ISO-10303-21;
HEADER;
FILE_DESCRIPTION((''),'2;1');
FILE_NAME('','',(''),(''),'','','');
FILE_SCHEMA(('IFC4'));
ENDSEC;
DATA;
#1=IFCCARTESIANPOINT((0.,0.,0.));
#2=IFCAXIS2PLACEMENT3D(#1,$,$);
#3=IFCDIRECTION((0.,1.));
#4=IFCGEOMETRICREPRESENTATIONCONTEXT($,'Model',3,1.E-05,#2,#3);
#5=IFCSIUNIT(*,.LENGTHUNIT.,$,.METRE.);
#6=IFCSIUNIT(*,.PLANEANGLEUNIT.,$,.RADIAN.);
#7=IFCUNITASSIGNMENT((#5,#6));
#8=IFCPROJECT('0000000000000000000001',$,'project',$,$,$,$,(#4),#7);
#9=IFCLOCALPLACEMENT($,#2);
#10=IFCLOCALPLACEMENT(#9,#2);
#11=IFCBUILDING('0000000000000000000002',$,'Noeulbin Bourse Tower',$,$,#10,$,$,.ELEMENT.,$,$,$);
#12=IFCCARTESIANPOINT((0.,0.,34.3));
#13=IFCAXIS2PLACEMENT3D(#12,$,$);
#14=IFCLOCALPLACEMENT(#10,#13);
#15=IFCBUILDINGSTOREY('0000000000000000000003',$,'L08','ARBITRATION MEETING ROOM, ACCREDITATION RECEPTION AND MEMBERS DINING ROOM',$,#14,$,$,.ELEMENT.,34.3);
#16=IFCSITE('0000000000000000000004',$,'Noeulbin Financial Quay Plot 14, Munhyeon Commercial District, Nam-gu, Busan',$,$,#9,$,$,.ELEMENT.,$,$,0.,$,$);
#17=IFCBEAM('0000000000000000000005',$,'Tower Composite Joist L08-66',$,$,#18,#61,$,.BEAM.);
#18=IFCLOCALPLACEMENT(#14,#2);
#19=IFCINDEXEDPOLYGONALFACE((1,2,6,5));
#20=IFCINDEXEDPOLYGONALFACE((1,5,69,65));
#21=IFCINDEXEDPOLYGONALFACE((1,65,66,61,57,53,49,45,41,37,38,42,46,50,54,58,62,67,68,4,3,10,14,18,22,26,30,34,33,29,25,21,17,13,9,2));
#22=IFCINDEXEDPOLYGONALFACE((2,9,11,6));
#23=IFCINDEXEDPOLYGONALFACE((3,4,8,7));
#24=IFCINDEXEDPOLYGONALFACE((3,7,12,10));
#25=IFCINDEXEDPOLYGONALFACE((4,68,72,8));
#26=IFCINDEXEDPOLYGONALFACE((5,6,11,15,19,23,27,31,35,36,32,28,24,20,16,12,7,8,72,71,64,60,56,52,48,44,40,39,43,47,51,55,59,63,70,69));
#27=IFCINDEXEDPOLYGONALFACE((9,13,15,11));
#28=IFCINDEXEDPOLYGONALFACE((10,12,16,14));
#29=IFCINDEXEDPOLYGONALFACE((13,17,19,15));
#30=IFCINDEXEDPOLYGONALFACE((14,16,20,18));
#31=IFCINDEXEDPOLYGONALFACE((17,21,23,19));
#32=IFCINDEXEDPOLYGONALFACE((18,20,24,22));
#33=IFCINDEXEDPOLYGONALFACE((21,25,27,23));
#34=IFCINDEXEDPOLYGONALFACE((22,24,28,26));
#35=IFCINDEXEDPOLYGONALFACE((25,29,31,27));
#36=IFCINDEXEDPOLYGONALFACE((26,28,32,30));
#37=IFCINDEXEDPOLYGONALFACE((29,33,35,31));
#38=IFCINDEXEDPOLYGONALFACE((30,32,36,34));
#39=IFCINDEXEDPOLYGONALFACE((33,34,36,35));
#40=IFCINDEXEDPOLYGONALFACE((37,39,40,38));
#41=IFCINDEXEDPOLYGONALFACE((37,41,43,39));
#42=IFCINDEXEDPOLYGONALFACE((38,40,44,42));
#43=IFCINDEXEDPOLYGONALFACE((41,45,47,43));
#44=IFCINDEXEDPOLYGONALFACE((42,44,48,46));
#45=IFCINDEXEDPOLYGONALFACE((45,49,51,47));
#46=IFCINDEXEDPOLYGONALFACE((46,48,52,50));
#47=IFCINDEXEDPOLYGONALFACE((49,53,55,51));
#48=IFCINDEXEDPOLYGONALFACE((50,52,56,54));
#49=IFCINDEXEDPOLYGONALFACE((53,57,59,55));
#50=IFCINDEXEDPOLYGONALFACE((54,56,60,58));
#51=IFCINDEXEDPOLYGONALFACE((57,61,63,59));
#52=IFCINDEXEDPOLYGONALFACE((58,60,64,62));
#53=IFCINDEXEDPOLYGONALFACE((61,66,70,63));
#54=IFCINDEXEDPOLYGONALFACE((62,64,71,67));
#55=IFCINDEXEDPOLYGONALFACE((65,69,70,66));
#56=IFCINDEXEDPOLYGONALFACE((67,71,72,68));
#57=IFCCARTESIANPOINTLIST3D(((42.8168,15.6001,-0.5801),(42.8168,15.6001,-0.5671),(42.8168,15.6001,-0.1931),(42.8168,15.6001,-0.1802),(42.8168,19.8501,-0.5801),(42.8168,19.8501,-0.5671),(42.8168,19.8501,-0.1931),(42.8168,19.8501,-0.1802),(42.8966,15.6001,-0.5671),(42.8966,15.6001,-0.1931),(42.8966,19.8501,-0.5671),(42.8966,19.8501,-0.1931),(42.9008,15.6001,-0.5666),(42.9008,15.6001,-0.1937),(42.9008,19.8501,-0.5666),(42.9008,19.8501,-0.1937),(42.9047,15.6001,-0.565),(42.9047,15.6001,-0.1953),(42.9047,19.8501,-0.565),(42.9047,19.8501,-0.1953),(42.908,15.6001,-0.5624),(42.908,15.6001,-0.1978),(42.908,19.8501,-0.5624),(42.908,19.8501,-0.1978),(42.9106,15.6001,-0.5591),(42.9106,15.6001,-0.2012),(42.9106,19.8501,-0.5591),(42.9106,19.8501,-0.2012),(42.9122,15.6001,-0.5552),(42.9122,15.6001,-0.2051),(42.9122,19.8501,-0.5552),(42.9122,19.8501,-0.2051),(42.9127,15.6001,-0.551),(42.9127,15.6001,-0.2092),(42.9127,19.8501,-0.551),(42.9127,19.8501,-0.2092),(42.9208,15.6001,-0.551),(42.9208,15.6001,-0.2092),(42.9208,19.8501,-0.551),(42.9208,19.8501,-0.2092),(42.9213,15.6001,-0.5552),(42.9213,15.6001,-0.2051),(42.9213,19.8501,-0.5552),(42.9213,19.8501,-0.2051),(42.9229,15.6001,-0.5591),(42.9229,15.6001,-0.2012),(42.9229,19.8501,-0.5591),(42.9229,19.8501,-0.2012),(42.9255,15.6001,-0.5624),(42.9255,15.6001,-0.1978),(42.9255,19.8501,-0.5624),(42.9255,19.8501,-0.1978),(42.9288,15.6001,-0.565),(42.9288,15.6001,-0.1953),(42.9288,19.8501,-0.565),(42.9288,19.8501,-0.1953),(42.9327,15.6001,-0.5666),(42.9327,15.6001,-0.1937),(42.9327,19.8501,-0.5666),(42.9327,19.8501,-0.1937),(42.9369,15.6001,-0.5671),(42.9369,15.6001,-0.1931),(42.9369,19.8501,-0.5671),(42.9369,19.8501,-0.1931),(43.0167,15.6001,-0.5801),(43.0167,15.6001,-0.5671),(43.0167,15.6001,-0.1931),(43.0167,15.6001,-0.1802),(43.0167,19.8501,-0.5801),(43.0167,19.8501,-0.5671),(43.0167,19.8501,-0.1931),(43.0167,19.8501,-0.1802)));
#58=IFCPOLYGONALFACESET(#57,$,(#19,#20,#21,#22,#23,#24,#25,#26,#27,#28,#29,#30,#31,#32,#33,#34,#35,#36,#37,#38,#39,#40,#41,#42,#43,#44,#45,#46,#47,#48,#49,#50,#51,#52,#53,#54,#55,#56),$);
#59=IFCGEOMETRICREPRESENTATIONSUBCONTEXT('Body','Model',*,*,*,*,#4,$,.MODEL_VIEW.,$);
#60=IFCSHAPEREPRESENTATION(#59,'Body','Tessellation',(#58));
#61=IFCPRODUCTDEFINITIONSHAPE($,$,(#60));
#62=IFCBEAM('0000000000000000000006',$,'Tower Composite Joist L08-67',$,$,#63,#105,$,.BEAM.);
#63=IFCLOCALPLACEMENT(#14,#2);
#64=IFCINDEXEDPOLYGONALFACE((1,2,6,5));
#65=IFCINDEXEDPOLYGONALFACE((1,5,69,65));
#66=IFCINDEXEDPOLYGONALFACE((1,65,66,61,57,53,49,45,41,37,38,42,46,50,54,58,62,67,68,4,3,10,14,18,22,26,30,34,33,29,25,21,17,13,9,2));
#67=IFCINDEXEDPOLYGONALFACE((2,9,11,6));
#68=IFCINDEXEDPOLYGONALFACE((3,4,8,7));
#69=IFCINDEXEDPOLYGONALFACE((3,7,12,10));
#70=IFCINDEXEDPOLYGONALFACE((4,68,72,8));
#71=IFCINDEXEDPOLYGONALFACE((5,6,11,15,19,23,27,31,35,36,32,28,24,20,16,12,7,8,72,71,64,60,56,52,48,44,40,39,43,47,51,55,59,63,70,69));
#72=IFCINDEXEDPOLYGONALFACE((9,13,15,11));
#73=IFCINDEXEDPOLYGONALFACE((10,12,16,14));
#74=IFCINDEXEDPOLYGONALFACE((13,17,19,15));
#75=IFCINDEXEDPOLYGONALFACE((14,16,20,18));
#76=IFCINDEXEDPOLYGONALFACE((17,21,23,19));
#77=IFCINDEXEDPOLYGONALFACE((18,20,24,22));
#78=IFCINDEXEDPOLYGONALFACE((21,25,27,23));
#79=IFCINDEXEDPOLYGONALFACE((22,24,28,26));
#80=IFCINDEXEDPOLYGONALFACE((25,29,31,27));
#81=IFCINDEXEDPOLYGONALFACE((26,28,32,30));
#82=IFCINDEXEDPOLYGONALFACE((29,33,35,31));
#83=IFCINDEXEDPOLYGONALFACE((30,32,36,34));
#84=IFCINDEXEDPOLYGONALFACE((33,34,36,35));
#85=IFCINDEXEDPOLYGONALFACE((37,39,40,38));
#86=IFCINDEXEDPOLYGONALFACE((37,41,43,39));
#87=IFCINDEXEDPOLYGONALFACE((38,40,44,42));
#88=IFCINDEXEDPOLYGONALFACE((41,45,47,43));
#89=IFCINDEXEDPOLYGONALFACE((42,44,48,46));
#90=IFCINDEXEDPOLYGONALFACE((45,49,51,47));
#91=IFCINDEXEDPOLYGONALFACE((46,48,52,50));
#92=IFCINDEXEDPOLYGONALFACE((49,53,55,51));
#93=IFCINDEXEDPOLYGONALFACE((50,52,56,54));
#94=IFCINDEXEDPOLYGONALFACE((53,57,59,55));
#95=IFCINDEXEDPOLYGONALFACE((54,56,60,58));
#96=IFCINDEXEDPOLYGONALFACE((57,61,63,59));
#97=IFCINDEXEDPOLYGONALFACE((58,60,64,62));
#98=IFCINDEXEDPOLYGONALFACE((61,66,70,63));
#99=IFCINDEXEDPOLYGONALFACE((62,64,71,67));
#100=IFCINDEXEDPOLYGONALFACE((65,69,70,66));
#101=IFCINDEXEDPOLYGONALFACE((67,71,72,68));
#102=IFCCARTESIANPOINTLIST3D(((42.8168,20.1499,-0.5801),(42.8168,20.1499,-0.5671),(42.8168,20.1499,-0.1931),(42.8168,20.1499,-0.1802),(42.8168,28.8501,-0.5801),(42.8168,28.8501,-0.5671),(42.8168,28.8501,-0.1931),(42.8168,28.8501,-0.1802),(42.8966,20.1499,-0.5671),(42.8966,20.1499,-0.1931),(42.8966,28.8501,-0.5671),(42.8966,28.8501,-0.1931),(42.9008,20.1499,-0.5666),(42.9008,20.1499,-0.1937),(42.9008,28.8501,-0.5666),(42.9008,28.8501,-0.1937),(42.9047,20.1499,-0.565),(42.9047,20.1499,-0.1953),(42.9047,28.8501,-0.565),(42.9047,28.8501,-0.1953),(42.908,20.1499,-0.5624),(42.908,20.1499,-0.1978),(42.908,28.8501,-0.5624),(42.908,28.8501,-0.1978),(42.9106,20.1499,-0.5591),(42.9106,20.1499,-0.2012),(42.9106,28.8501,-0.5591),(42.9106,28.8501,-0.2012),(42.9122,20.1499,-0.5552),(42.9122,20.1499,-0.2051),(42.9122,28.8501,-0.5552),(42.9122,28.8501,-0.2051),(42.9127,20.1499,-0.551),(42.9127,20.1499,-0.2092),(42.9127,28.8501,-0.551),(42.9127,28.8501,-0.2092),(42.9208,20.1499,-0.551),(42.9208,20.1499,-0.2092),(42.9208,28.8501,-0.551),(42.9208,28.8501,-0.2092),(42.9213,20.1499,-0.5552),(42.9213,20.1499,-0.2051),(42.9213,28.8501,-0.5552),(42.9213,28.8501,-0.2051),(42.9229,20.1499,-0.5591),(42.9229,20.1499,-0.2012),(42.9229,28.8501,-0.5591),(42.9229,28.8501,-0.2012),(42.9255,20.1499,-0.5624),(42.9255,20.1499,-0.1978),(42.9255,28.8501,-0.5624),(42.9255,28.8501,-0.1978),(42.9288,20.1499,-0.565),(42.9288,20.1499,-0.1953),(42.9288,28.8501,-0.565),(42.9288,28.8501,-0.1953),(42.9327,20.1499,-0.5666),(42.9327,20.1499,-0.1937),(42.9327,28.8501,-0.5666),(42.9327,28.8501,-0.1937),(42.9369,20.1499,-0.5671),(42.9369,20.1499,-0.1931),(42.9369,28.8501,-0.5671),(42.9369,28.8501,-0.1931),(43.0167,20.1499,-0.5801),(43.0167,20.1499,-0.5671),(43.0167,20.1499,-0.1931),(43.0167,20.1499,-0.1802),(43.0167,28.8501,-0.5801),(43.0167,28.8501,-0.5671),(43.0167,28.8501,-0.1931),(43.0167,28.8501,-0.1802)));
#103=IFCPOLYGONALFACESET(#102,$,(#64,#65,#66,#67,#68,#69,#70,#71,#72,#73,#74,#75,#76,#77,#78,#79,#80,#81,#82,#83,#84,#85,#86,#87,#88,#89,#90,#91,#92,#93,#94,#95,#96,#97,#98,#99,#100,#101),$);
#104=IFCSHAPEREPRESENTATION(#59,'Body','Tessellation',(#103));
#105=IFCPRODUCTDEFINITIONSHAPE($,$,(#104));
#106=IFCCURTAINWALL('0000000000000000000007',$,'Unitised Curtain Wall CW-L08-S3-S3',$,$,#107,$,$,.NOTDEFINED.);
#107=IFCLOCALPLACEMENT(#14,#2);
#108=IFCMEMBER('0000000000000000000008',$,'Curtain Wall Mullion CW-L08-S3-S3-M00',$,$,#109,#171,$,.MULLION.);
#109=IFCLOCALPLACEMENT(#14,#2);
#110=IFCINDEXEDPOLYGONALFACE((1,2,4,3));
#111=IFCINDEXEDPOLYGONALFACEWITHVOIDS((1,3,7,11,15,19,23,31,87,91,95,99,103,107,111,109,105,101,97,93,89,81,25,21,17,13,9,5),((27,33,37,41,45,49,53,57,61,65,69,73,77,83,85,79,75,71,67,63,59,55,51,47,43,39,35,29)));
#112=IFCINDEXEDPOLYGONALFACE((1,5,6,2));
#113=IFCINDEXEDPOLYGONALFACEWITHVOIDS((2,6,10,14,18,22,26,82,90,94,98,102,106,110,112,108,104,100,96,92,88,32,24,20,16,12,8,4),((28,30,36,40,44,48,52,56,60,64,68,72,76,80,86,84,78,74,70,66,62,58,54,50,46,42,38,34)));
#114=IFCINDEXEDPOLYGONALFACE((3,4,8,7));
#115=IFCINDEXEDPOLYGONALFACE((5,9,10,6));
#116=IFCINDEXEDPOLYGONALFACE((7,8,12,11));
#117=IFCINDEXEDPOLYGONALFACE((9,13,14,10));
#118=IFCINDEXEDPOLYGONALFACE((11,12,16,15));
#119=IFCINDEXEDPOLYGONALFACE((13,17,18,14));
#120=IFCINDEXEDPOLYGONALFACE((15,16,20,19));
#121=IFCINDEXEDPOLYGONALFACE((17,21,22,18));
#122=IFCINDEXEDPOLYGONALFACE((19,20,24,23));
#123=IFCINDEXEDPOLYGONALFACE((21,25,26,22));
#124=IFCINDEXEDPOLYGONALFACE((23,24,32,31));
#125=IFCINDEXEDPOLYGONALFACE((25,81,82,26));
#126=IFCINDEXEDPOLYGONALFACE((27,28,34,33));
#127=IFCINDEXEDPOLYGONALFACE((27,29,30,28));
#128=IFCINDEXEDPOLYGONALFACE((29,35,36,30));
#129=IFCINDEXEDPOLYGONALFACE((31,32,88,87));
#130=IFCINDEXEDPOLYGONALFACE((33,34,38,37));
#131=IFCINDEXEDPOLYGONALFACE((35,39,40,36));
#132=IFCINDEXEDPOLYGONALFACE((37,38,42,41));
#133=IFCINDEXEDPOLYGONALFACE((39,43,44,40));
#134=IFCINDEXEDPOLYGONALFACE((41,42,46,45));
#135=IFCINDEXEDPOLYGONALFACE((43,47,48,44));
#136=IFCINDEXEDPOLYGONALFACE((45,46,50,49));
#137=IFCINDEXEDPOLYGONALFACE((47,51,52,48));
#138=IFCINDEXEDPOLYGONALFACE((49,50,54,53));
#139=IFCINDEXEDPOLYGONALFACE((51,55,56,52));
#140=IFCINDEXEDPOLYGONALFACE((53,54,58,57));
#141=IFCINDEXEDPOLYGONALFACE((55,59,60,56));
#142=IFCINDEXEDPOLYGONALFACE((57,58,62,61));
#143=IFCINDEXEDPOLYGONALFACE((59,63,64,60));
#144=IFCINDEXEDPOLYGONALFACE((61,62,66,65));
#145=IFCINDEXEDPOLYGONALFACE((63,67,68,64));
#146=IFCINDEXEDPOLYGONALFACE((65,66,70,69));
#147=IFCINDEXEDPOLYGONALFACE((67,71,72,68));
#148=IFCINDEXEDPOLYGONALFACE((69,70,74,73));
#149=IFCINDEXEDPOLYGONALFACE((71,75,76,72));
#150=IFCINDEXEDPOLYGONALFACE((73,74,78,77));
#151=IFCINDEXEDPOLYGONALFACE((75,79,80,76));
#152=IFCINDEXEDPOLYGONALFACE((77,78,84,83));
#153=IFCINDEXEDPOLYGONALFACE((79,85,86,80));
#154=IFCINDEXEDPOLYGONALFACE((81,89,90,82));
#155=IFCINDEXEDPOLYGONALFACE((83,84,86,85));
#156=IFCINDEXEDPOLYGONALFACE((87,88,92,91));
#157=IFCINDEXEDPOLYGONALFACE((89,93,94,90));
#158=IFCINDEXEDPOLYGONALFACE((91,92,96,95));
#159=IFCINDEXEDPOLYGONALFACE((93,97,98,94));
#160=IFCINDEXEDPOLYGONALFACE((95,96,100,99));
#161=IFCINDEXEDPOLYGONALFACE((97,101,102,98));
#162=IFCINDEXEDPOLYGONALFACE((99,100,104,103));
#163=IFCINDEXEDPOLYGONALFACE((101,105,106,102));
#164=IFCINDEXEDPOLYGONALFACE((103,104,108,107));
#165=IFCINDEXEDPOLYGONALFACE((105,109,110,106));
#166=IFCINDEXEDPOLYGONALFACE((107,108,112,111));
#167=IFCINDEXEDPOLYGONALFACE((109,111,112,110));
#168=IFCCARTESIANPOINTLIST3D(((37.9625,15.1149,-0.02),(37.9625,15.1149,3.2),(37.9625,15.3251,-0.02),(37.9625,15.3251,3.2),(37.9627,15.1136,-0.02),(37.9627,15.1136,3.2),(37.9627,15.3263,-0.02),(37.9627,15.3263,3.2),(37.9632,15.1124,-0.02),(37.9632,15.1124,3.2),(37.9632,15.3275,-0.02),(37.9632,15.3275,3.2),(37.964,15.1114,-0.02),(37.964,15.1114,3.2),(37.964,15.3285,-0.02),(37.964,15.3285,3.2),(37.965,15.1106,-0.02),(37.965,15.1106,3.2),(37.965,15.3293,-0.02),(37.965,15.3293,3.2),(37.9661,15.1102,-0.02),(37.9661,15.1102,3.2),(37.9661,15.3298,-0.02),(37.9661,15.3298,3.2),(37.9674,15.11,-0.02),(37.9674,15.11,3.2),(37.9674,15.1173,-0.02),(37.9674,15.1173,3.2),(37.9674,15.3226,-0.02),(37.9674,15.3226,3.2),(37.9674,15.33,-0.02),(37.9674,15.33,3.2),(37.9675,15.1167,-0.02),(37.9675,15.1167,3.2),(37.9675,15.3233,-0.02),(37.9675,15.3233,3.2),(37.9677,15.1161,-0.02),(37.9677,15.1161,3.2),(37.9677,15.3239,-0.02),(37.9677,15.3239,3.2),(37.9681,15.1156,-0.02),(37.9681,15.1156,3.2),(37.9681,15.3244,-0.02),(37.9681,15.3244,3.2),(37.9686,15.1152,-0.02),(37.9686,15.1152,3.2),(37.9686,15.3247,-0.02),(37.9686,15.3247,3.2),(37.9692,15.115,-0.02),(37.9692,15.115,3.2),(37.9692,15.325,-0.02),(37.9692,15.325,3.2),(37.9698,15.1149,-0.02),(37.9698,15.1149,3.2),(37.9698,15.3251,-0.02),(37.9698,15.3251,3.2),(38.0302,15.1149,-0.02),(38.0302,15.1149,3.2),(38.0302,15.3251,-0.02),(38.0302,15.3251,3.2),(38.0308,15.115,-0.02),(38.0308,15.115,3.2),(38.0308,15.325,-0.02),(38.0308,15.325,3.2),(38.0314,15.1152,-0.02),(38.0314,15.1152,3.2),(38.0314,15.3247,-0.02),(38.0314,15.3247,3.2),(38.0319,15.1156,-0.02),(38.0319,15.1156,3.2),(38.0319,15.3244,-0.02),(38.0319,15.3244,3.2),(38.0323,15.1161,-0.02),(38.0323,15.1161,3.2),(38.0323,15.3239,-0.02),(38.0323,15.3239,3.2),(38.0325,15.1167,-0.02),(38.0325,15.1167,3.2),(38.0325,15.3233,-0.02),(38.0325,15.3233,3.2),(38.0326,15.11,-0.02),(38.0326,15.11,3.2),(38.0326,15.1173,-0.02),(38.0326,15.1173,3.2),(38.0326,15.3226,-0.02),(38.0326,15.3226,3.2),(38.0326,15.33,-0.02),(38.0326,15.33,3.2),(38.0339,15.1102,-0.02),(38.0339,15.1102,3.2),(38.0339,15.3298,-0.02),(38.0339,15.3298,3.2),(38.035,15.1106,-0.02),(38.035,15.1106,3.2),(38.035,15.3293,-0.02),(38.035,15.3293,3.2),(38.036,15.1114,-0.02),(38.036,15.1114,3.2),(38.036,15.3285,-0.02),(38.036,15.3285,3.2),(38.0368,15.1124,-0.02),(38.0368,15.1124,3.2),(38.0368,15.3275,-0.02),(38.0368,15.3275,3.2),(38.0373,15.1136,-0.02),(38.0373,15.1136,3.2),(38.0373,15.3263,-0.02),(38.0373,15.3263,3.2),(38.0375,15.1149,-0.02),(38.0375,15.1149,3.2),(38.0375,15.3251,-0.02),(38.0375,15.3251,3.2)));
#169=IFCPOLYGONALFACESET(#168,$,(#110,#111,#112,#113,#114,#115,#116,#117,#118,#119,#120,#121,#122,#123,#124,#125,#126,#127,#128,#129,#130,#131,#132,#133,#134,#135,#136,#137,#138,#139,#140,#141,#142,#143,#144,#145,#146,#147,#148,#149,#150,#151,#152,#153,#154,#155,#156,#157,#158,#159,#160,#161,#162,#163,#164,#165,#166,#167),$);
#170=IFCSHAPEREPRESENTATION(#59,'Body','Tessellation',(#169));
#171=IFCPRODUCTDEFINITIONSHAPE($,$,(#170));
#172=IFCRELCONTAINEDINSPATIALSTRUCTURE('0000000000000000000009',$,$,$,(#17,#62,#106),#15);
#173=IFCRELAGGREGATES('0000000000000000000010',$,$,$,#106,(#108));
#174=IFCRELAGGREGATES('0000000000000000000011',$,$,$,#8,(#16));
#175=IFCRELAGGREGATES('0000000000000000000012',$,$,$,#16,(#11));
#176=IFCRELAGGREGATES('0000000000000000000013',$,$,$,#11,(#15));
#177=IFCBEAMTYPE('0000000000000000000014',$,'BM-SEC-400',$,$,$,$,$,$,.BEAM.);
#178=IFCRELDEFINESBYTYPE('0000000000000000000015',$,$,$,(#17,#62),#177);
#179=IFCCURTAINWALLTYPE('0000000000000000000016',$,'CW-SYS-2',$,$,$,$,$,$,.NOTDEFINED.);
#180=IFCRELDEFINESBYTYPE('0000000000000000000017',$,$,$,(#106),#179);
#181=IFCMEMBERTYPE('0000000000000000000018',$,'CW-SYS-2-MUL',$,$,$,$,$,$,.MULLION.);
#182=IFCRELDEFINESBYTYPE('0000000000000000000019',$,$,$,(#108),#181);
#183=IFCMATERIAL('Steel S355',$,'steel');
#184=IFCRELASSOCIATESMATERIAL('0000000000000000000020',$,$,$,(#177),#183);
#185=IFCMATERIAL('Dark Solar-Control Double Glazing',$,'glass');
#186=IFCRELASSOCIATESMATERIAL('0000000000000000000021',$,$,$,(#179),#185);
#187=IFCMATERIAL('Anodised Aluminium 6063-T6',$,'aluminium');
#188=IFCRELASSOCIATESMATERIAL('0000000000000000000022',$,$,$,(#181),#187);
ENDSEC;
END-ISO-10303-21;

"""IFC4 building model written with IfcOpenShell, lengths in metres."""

from ifc_helpers import new_model, si_unit, direction, frame, origin, origin_2d, place, context, subcontext, project, spatial, hollow_rectangle, i_section, extrude, material, material_profile, profile_set, type_object, element, aggregate, save


model = new_model("IFC4")

# Units and contexts
model_context = context("Model", 3, precision=1e-05, world=origin(), true_north=direction((0.0, 1.0)))
body_context = subcontext(model_context, "Body", "Model", "MODEL_VIEW")
ifc_project = project(units=[si_unit("LENGTHUNIT", "METRE"), si_unit("PLANEANGLEUNIT", "RADIAN")], contexts=[model_context])

# Site, building, storey
site_placement = place(None, origin())
site = spatial("IfcSite", under=ifc_project, at=site_placement, Name="Noeulbin Financial Quay Plot 14, Munhyeon Commercial District, Nam-gu, Busan", CompositionType="ELEMENT", RefElevation=0.0)
building_placement = place(site_placement, origin())
building = spatial("IfcBuilding", under=site, at=building_placement, Name="Noeulbin Bourse Tower", CompositionType="ELEMENT")
storey_placement = place(building_placement, frame((0.0, 0.0, 34.3)))
storey = spatial("IfcBuildingStorey", under=building, at=storey_placement, Name="L08", Description="ARBITRATION MEETING ROOM, ACCREDITATION RECEPTION AND MEMBERS DINING ROOM", CompositionType="ELEMENT", Elevation=34.3)

# Beams
ifc_material_1 = material(Name="Steel S355", Category="steel")
ifc_material_profile_1 = material_profile(ifc_material_1, i_section(OverallWidth=0.2, OverallDepth=0.3999, WebThickness=0.0081, FlangeThickness=0.0129, FilletRadius=0.0161, at=origin_2d()), Name="H-400x200x8x13", Category="LoadBearing")
ifc_profile_set_1 = profile_set([ifc_material_profile_1], Name="Steel S355")
beam_type_1 = type_object("IfcBeamType", Name="BM-SEC-400", PredefinedType="BEAM", material=ifc_profile_set_1)
beam_1_placement = place(storey_placement, frame((42.9167, 15.6001, -0.3801), z_axis=(0.0, 1.0, 0.0), x_axis=(-1.0, 0.0, 0.0)))
element("IfcBeam", 1, at=beam_1_placement, inside=storey, type_object=beam_type_1, Name="Tower Composite Joist L08-66", PredefinedType="BEAM", context=body_context, shape_type="SweptSolid", body=[
    extrude(i_section(OverallWidth=0.2, OverallDepth=0.3999, WebThickness=0.0081, FlangeThickness=0.0129, FilletRadius=0.0161, at=origin_2d()), origin(), (0.0, 0.0, 1.0), 4.25),
])
beam_2_placement = place(storey_placement, frame((42.9167, 20.1499, -0.3801), z_axis=(0.0, 1.0, 0.0), x_axis=(-1.0, 0.0, 0.0)))
element("IfcBeam", 2, at=beam_2_placement, inside=storey, type_object=beam_type_1, Name="Tower Composite Joist L08-67", PredefinedType="BEAM", context=body_context, shape_type="SweptSolid", body=[
    extrude(i_section(OverallWidth=0.2, OverallDepth=0.3999, WebThickness=0.0081, FlangeThickness=0.0129, FilletRadius=0.0161, at=origin_2d()), origin(), (0.0, 0.0, 1.0), 8.7002),
])

# Curtain wall, member
ifc_material_2 = material(Name="Dark Solar-Control Double Glazing", Category="glass")
curtain_wall_type = type_object("IfcCurtainWallType", Name="CW-SYS-2", PredefinedType="NOTDEFINED", material=ifc_material_2)
curtain_wall_placement = place(storey_placement, origin())
curtain_wall = element("IfcCurtainWall", 3, at=curtain_wall_placement, inside=storey, type_object=curtain_wall_type, Name="Unitised Curtain Wall CW-L08-S3-S3", PredefinedType="NOTDEFINED")
ifc_material_3 = material(Name="Anodised Aluminium 6063-T6", Category="aluminium")
ifc_material_profile_2 = material_profile(ifc_material_3, hollow_rectangle(XDim=0.075, YDim=0.22, WallThickness=0.0049, InnerFilletRadius=0.0024, OuterFilletRadius=0.0049, at=origin_2d()), Name="ALU-MULL-75x220x5", Category="LoadBearing")
ifc_profile_set_2 = profile_set([ifc_material_profile_2], Name="Anodised Aluminium 6063-T6")
member_type_1 = type_object("IfcMemberType", Name="CW-SYS-2-MUL", PredefinedType="MULLION", material=ifc_profile_set_2)
member_1_placement = place(storey_placement, frame((38.0, 15.22, -0.02), z_axis=(0.0, 0.0, 1.0), x_axis=(1.0, 0.0, 0.0)))
member_1 = element("IfcMember", 4, at=member_1_placement, type_object=member_type_1, Name="Curtain Wall Mullion CW-L08-S3-S3-M00", PredefinedType="MULLION", context=body_context, shape_type="SweptSolid", body=[
    extrude(hollow_rectangle(XDim=0.075, YDim=0.22, WallThickness=0.0049, InnerFilletRadius=0.0024, OuterFilletRadius=0.0049, at=origin_2d()), origin(), (0.0, 0.0, 1.0), 3.22),
])
aggregate(curtain_wall, [member_1])

save(model, "model.ifc")
